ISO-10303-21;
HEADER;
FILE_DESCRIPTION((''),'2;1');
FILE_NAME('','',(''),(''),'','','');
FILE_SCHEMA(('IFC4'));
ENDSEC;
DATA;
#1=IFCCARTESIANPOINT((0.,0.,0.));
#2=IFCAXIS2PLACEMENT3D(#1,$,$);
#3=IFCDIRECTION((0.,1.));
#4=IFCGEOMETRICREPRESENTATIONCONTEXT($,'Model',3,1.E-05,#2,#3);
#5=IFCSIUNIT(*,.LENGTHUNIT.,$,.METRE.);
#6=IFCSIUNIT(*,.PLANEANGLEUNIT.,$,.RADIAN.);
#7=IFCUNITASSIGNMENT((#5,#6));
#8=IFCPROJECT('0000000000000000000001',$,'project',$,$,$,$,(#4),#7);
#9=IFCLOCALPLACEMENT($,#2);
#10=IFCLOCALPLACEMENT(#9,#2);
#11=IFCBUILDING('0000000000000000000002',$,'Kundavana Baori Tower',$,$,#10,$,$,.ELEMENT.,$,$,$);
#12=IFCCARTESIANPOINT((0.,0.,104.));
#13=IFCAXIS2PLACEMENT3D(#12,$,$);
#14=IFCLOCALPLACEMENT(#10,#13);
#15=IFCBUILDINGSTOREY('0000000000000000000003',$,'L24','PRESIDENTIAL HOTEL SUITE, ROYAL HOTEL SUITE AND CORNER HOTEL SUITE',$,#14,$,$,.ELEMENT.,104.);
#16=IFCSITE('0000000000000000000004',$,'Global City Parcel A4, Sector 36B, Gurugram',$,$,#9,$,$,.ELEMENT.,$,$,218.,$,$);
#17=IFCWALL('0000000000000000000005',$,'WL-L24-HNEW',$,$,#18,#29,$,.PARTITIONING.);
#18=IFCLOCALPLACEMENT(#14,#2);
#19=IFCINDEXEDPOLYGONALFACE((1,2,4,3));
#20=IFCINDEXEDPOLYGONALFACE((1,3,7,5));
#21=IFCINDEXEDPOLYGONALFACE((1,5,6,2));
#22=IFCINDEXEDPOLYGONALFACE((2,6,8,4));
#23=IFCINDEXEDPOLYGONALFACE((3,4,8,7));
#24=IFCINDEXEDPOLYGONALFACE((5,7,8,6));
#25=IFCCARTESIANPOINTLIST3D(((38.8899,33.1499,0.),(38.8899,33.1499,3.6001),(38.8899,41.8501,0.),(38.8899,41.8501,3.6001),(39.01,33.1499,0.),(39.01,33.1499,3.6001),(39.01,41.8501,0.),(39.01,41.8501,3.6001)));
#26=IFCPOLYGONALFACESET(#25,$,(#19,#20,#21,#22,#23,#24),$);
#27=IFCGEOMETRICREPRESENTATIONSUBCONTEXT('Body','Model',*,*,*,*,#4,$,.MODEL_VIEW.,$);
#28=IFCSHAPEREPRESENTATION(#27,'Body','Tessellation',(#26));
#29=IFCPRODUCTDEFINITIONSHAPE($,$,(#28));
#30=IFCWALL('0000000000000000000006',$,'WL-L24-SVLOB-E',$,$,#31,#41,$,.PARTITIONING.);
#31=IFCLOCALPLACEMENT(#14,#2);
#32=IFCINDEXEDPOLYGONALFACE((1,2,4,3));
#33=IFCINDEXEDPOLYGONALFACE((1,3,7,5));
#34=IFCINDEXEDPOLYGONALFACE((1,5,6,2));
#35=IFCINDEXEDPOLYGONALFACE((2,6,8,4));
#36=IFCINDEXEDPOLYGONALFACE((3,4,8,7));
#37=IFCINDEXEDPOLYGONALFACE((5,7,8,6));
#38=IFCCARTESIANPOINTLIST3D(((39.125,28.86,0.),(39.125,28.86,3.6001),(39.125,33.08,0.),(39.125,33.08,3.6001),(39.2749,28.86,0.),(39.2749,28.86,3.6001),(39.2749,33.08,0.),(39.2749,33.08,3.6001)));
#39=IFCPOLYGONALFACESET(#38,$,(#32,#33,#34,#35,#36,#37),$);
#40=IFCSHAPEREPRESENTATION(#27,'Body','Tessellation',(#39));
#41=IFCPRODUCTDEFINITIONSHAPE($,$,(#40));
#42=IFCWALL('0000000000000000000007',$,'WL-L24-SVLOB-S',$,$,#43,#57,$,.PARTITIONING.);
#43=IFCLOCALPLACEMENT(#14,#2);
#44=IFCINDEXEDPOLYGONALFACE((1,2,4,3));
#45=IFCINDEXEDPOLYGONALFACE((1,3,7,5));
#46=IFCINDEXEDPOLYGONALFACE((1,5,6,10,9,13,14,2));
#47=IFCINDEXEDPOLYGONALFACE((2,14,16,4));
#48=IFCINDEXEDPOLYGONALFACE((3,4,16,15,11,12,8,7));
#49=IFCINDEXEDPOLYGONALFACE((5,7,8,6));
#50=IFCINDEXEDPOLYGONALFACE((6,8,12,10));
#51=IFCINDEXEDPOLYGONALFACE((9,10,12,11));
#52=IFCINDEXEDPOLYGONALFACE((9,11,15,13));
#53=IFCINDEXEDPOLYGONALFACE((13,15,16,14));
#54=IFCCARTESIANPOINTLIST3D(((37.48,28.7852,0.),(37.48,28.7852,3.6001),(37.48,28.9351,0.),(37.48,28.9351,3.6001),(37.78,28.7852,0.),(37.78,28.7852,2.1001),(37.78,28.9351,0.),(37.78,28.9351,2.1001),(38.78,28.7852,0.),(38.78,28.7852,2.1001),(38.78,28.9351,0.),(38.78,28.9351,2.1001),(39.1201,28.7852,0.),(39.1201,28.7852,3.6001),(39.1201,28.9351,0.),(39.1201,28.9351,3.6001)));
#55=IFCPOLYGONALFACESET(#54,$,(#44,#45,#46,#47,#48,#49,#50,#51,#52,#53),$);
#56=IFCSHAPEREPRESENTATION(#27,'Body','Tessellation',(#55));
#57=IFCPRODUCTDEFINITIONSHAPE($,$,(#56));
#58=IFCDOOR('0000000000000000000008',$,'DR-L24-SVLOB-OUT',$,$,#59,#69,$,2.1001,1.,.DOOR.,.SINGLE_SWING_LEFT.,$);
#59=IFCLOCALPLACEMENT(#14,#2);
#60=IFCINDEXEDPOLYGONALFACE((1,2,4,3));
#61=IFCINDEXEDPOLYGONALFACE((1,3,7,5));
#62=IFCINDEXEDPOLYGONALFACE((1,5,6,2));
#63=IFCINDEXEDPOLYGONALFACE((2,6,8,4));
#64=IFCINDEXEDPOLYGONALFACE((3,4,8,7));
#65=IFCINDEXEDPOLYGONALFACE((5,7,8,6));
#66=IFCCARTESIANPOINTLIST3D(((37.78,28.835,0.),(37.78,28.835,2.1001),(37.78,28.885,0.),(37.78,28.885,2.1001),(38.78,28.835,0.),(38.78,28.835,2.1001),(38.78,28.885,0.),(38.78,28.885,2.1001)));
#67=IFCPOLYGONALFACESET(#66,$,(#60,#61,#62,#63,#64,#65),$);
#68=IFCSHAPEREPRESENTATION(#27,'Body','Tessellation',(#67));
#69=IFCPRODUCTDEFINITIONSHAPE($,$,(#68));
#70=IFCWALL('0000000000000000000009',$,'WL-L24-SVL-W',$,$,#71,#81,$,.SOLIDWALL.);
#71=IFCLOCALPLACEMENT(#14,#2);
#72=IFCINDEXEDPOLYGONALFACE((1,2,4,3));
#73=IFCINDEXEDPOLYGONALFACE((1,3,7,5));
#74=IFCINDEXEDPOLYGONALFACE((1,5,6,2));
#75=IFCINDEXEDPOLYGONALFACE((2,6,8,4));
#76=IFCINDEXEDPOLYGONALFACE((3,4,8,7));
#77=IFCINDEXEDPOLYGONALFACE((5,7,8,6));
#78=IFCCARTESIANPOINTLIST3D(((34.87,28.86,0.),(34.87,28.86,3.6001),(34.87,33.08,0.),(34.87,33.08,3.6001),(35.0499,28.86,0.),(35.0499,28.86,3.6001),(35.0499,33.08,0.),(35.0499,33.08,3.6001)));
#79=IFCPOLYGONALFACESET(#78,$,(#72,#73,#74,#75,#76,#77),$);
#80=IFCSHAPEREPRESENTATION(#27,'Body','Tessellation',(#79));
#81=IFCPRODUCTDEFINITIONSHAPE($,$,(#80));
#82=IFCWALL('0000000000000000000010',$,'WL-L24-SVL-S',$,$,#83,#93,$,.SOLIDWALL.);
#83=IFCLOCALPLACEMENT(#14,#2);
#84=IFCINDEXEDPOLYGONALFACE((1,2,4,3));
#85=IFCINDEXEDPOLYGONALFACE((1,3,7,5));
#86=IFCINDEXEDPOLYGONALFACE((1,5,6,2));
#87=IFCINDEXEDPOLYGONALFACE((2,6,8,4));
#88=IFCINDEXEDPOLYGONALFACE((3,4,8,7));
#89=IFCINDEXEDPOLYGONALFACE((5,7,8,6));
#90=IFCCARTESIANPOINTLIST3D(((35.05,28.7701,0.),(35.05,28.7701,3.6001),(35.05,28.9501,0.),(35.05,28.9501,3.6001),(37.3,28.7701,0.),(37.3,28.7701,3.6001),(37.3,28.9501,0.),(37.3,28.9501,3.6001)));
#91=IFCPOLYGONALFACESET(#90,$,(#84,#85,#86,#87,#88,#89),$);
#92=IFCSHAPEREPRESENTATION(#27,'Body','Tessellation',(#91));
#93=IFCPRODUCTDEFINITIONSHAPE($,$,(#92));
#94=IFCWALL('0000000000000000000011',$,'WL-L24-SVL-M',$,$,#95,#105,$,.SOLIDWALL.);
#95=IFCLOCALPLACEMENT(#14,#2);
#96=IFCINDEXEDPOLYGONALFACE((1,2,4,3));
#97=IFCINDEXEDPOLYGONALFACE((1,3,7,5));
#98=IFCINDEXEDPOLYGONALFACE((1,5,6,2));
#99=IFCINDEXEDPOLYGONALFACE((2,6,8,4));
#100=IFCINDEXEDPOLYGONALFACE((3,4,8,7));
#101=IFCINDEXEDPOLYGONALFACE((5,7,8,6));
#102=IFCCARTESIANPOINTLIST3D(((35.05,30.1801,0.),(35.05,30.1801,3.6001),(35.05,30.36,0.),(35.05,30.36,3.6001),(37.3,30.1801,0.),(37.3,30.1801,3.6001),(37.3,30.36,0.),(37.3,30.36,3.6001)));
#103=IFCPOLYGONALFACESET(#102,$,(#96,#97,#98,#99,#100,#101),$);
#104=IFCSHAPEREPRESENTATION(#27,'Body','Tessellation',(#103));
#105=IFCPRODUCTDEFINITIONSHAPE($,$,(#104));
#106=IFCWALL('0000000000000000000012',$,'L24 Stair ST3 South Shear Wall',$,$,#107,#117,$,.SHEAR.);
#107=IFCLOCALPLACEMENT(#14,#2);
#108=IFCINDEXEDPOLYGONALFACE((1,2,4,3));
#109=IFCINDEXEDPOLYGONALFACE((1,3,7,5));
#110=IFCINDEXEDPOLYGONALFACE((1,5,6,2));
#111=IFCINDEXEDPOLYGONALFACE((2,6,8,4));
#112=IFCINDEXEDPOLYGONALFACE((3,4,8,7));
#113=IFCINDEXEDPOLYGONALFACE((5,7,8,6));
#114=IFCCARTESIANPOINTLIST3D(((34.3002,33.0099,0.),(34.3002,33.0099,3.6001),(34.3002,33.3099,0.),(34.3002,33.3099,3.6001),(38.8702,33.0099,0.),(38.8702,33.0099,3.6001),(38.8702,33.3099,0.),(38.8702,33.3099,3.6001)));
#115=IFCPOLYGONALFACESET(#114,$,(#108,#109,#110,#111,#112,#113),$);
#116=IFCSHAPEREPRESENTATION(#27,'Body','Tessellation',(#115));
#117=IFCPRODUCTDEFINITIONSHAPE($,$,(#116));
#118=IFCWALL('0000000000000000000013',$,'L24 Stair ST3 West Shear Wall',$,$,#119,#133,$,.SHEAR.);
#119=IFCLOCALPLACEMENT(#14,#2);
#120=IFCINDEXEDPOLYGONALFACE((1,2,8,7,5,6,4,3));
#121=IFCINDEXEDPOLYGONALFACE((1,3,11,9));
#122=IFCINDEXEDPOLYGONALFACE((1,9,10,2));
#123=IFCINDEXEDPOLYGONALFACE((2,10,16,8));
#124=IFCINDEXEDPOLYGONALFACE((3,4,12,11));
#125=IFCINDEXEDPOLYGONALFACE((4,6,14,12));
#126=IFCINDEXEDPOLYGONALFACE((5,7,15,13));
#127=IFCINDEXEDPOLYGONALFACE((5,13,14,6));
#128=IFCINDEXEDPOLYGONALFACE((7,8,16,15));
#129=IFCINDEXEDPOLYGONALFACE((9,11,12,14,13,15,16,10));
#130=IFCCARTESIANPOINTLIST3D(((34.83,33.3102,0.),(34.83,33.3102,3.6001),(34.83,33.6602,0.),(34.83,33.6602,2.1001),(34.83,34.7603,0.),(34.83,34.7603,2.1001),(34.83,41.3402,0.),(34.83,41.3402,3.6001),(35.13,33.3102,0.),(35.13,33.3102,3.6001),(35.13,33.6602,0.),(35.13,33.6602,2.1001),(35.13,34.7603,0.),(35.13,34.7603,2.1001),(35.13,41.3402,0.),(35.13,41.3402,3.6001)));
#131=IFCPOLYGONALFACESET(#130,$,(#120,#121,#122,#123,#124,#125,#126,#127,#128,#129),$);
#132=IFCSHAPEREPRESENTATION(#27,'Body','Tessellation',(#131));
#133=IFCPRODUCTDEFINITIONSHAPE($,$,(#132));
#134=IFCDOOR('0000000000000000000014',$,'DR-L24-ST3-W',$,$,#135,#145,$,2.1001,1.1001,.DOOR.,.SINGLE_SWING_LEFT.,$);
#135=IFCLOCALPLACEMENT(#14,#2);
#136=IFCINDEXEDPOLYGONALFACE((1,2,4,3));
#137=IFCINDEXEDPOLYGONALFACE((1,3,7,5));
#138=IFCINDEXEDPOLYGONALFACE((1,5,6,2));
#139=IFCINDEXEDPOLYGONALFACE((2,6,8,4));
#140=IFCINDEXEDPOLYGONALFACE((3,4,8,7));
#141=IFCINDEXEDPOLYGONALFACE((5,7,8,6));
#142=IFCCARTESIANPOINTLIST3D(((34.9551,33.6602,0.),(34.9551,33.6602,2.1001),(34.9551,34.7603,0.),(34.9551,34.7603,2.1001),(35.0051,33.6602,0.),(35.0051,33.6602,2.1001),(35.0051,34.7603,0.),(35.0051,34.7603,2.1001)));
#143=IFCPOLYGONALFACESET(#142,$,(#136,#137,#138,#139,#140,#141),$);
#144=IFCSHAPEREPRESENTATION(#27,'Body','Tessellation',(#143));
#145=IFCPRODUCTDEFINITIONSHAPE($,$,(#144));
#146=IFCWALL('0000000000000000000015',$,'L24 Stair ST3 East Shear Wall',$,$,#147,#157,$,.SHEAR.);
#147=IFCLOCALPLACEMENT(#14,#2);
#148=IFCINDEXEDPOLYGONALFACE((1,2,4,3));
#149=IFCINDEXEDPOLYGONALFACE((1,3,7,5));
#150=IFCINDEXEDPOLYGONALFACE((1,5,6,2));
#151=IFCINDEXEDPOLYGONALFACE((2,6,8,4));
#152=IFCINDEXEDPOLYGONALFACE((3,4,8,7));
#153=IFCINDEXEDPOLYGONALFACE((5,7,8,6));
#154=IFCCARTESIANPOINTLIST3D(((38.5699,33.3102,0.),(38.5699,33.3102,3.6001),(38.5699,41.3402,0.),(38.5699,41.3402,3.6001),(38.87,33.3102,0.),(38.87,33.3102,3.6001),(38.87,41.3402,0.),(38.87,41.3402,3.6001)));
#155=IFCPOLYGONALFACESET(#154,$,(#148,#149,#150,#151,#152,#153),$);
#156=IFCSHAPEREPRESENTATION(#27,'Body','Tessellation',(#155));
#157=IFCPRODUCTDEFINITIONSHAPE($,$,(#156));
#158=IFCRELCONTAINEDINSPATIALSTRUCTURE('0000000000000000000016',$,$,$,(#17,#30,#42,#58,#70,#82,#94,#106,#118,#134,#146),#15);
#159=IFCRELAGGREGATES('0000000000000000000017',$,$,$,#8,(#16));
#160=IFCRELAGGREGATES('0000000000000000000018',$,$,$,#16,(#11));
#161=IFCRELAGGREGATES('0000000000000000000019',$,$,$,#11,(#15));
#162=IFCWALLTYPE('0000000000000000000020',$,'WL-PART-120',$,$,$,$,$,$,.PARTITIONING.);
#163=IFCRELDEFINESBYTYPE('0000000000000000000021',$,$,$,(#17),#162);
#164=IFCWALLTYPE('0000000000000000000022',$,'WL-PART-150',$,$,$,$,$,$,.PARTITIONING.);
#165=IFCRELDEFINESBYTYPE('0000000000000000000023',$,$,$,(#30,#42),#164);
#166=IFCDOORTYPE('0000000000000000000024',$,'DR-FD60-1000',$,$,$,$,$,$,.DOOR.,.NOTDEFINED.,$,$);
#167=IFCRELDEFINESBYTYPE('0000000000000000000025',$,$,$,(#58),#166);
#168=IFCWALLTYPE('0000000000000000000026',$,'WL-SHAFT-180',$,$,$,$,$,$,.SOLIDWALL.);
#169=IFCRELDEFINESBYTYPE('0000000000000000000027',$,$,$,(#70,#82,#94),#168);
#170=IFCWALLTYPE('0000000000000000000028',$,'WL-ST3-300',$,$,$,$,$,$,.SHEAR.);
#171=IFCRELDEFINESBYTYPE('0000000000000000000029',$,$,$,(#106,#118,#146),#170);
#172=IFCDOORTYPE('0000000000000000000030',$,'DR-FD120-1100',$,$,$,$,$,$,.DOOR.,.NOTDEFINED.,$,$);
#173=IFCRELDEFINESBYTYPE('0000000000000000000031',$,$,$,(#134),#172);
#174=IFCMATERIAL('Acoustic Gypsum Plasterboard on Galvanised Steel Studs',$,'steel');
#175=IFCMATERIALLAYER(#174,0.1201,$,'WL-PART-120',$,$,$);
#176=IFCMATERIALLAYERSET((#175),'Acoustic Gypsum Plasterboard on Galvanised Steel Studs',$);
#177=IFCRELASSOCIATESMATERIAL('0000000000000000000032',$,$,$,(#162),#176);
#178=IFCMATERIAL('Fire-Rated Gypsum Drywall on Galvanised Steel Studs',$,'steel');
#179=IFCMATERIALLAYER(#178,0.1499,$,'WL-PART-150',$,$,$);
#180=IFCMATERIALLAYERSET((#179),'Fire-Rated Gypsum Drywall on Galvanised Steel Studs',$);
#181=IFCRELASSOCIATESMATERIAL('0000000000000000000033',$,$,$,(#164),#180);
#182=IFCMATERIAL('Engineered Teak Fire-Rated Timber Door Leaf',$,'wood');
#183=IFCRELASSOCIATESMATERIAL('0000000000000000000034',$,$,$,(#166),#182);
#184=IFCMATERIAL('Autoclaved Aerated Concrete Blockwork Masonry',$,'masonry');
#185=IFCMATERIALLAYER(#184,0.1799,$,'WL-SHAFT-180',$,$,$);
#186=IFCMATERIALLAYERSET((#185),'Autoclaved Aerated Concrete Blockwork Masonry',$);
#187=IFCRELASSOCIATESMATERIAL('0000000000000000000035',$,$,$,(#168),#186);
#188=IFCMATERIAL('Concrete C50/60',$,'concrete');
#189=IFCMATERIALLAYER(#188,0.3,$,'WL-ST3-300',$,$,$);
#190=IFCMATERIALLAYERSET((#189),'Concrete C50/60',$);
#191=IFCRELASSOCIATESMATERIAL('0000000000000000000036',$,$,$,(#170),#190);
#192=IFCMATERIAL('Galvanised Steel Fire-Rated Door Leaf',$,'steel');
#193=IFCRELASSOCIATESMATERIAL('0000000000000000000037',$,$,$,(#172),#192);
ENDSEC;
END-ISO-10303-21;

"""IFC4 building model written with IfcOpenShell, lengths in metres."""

from ifc_helpers import new_model, si_unit, direction, frame, frame_2d, origin, place, context, subcontext, project, spatial, rectangle, extrude, material, layer, layer_set, type_object, element, fill, save


model = new_model("IFC4")

# Units and contexts
model_context = context("Model", 3, precision=1e-05, world=origin(), true_north=direction((0.0, 1.0)))
body_context = subcontext(model_context, "Body", "Model", "MODEL_VIEW")
ifc_project = project(units=[si_unit("LENGTHUNIT", "METRE"), si_unit("PLANEANGLEUNIT", "RADIAN")], contexts=[model_context])

# Site, building, storey
site_placement = place(None, origin())
site = spatial("IfcSite", under=ifc_project, at=site_placement, Name="Global City Parcel A4, Sector 36B, Gurugram", CompositionType="ELEMENT", RefElevation=218.0)
building_placement = place(site_placement, origin())
building = spatial("IfcBuilding", under=site, at=building_placement, Name="Kundavana Baori Tower", CompositionType="ELEMENT")
storey_placement = place(building_placement, frame((0.0, 0.0, 104.0)))
storey = spatial("IfcBuildingStorey", under=building, at=storey_placement, Name="L24", Description="PRESIDENTIAL HOTEL SUITE, ROYAL HOTEL SUITE AND CORNER HOTEL SUITE", CompositionType="ELEMENT", Elevation=104.0)

# Shared definitions
ifc_material_1 = material(Name="Acoustic Gypsum Plasterboard on Galvanised Steel Studs", Category="steel")
ifc_layer_1 = layer(ifc_material_1, 0.1201, Name="WL-PART-120")
ifc_layer_set_1 = layer_set([ifc_layer_1], Name="Acoustic Gypsum Plasterboard on Galvanised Steel Studs")
wall_type_1 = type_object("IfcWallType", Name="WL-PART-120", PredefinedType="PARTITIONING", material=ifc_layer_set_1)

# Walls
wall_1_placement = place(storey_placement, frame((38.95, 33.1499, 0.0), z_axis=(0.0, 0.0, 1.0), x_axis=(0.0, 1.0, 0.0)))
element("IfcWall", 1, at=wall_1_placement, inside=storey, type_object=wall_type_1, Name="WL-L24-HNEW", PredefinedType="PARTITIONING", context=body_context, shape_type="SweptSolid", body=[
    extrude(rectangle(XDim=8.7002, YDim=0.1201, at=frame_2d((4.3501, 0.0))), origin(), (0.0, 0.0, 1.0), 3.6001),
])
ifc_material_2 = material(Name="Fire-Rated Gypsum Drywall on Galvanised Steel Studs", Category="steel")
ifc_layer_2 = layer(ifc_material_2, 0.1499, Name="WL-PART-150")
ifc_layer_set_2 = layer_set([ifc_layer_2], Name="Fire-Rated Gypsum Drywall on Galvanised Steel Studs")
wall_type_2 = type_object("IfcWallType", Name="WL-PART-150", PredefinedType="PARTITIONING", material=ifc_layer_set_2)
wall_2_placement = place(storey_placement, frame((39.2, 28.8601, 0.0), z_axis=(0.0, 0.0, 1.0), x_axis=(0.0, 1.0, 0.0)))
element("IfcWall", 2, at=wall_2_placement, inside=storey, type_object=wall_type_2, Name="WL-L24-SVLOB-E", PredefinedType="PARTITIONING", context=body_context, shape_type="SweptSolid", body=[
    extrude(rectangle(XDim=4.22, YDim=0.1499, at=frame_2d((2.1099, 0.0))), origin(), (0.0, 0.0, 1.0), 3.6001),
])

# Wall, opening, door
wall_3_placement = place(storey_placement, frame((37.48, 28.8601, 0.0), z_axis=(0.0, 0.0, 1.0), x_axis=(1.0, 0.0, 0.0)))
wall_3 = element("IfcWall", 3, at=wall_3_placement, inside=storey, type_object=wall_type_2, Name="WL-L24-SVLOB-S", PredefinedType="PARTITIONING", context=body_context, shape_type="SweptSolid", body=[
    extrude(rectangle(XDim=1.6401, YDim=0.1499, at=frame_2d((0.8201, 0.0))), origin(), (0.0, 0.0, 1.0), 3.6001),
])
opening_1_placement = place(wall_3_placement, frame((0.3, 0.0, 0.0)))
opening_1 = element("IfcOpeningElement", 4, at=opening_1_placement, cuts=wall_3, PredefinedType="OPENING", context=body_context, shape_type="SweptSolid", body=[
    extrude(rectangle(XDim=1.0, YDim=2.1001, at=frame_2d((0.5, 1.05))), frame((0.0, 0.085, 0.0), z_axis=(0.0, -1.0, 0.0), x_axis=(1.0, 0.0, 0.0)), (0.0, 0.0, 1.0), 0.1699),
])
ifc_material_3 = material(Name="Engineered Teak Fire-Rated Timber Door Leaf", Category="wood")
door_type_1 = type_object("IfcDoorType", Name="DR-FD60-1000", OperationType="NOTDEFINED", PredefinedType="DOOR", material=ifc_material_3)
door_1_placement = place(opening_1_placement, origin())
door_1 = element("IfcDoor", 5, at=door_1_placement, inside=storey, type_object=door_type_1, Name="DR-L24-SVLOB-OUT", OperationType="SINGLE_SWING_LEFT", OverallHeight=2.1001, OverallWidth=1.0, PredefinedType="DOOR", context=body_context, shape_type="SweptSolid", body=[
    extrude(rectangle(XDim=1.0, YDim=2.1001, at=frame_2d((0.5, 1.05))), frame((0.0, 0.0249, 0.0), z_axis=(0.0, -1.0, 0.0), x_axis=(1.0, 0.0, 0.0)), (0.0, 0.0, 1.0), 0.05),
])
fill(opening_1, door_1)

# Wall
ifc_material_4 = material(Name="Autoclaved Aerated Concrete Blockwork Masonry", Category="masonry")
ifc_layer_3 = layer(ifc_material_4, 0.1799, Name="WL-SHAFT-180")
ifc_layer_set_3 = layer_set([ifc_layer_3], Name="Autoclaved Aerated Concrete Blockwork Masonry")
wall_type_3 = type_object("IfcWallType", Name="WL-SHAFT-180", PredefinedType="SOLIDWALL", material=ifc_layer_set_3)
wall_4_placement = place(storey_placement, frame((34.96, 28.8601, 0.0), z_axis=(0.0, 0.0, 1.0), x_axis=(0.0, 1.0, 0.0)))
element("IfcWall", 6, at=wall_4_placement, inside=storey, type_object=wall_type_3, Name="WL-L24-SVL-W", PredefinedType="SOLIDWALL", context=body_context, shape_type="SweptSolid", body=[
    extrude(rectangle(XDim=4.22, YDim=0.1799, at=frame_2d((2.1099, 0.0))), origin(), (0.0, 0.0, 1.0), 3.6001),
])

# Walls
for number, where, z_axis, x_axis, name in (
    (7, (35.05, 28.8601, 0.0), (0.0, 0.0, 1.0), (1.0, 0.0, 0.0), "WL-L24-SVL-S"),
    (8, (35.05, 30.27, 0.0), (0.0, 0.0, 1.0), (1.0, 0.0, 0.0), "WL-L24-SVL-M"),
):
    element("IfcWall", number, at=place(storey_placement, frame(where, z_axis=z_axis, x_axis=x_axis)), inside=storey, type_object=wall_type_3, Name=name, PredefinedType="SOLIDWALL", context=body_context, shape_type="SweptSolid", body=[
        extrude(rectangle(XDim=2.25, YDim=0.1799, at=frame_2d((1.125, 0.0))), origin(), (0.0, 0.0, 1.0), 3.6001),
    ])
ifc_material_5 = material(Name="Concrete C50/60", Category="concrete")
ifc_layer_4 = layer(ifc_material_5, 0.3, Name="WL-ST3-300")
ifc_layer_set_4 = layer_set([ifc_layer_4], Name="Concrete C50/60")
wall_type_4 = type_object("IfcWallType", Name="WL-ST3-300", PredefinedType="SHEAR", material=ifc_layer_set_4)
wall_5_placement = place(storey_placement, frame((34.3, 33.1599, 0.0), z_axis=(0.0, 0.0, 1.0), x_axis=(1.0, 0.0, 0.0)))
element("IfcWall", 9, at=wall_5_placement, inside=storey, type_object=wall_type_4, Name="L24 Stair ST3 South Shear Wall", PredefinedType="SHEAR", context=body_context, shape_type="SweptSolid", body=[
    extrude(rectangle(XDim=4.5701, YDim=0.3, at=frame_2d((2.2852, 0.0))), origin(), (0.0, 0.0, 1.0), 3.6001),
])

# Wall, opening, door
wall_6_placement = place(storey_placement, frame((34.98, 33.3101, 0.0), z_axis=(0.0, 0.0, 1.0), x_axis=(0.0, 1.0, 0.0)))
wall_6 = element("IfcWall", 10, at=wall_6_placement, inside=storey, type_object=wall_type_4, Name="L24 Stair ST3 West Shear Wall", PredefinedType="SHEAR", context=body_context, shape_type="SweptSolid", body=[
    extrude(rectangle(XDim=8.03, YDim=0.3, at=frame_2d((4.0151, 0.0))), origin(), (0.0, 0.0, 1.0), 3.6001),
])
opening_2_placement = place(wall_6_placement, frame((0.3501, 0.0, 0.0)))
opening_2 = element("IfcOpeningElement", 11, at=opening_2_placement, cuts=wall_6, PredefinedType="OPENING", context=body_context, shape_type="SweptSolid", body=[
    extrude(rectangle(XDim=1.1001, YDim=2.1001, at=frame_2d((0.55, 1.05))), frame((0.0, 0.1602, 0.0), z_axis=(0.0, -1.0, 0.0), x_axis=(1.0, 0.0, 0.0)), (0.0, 0.0, 1.0), 0.3201),
])
ifc_material_6 = material(Name="Galvanised Steel Fire-Rated Door Leaf", Category="steel")
door_type_2 = type_object("IfcDoorType", Name="DR-FD120-1100", OperationType="NOTDEFINED", PredefinedType="DOOR", material=ifc_material_6)
door_2_placement = place(opening_2_placement, origin())
door_2 = element("IfcDoor", 12, at=door_2_placement, inside=storey, type_object=door_type_2, Name="DR-L24-ST3-W", OperationType="SINGLE_SWING_LEFT", OverallHeight=2.1001, OverallWidth=1.1001, PredefinedType="DOOR", context=body_context, shape_type="SweptSolid", body=[
    extrude(rectangle(XDim=1.1001, YDim=2.1001, at=frame_2d((0.55, 1.05))), frame((0.0, 0.0249, 0.0), z_axis=(0.0, -1.0, 0.0), x_axis=(1.0, 0.0, 0.0)), (0.0, 0.0, 1.0), 0.05),
])
fill(opening_2, door_2)

# Wall
wall_7_placement = place(storey_placement, frame((38.72, 33.3101, 0.0), z_axis=(0.0, 0.0, 1.0), x_axis=(0.0, 1.0, 0.0)))
element("IfcWall", 13, at=wall_7_placement, inside=storey, type_object=wall_type_4, Name="L24 Stair ST3 East Shear Wall", PredefinedType="SHEAR", context=body_context, shape_type="SweptSolid", body=[
    extrude(rectangle(XDim=8.03, YDim=0.3, at=frame_2d((4.0151, 0.0))), origin(), (0.0, 0.0, 1.0), 3.6001),
])

save(model, "model.ifc")
